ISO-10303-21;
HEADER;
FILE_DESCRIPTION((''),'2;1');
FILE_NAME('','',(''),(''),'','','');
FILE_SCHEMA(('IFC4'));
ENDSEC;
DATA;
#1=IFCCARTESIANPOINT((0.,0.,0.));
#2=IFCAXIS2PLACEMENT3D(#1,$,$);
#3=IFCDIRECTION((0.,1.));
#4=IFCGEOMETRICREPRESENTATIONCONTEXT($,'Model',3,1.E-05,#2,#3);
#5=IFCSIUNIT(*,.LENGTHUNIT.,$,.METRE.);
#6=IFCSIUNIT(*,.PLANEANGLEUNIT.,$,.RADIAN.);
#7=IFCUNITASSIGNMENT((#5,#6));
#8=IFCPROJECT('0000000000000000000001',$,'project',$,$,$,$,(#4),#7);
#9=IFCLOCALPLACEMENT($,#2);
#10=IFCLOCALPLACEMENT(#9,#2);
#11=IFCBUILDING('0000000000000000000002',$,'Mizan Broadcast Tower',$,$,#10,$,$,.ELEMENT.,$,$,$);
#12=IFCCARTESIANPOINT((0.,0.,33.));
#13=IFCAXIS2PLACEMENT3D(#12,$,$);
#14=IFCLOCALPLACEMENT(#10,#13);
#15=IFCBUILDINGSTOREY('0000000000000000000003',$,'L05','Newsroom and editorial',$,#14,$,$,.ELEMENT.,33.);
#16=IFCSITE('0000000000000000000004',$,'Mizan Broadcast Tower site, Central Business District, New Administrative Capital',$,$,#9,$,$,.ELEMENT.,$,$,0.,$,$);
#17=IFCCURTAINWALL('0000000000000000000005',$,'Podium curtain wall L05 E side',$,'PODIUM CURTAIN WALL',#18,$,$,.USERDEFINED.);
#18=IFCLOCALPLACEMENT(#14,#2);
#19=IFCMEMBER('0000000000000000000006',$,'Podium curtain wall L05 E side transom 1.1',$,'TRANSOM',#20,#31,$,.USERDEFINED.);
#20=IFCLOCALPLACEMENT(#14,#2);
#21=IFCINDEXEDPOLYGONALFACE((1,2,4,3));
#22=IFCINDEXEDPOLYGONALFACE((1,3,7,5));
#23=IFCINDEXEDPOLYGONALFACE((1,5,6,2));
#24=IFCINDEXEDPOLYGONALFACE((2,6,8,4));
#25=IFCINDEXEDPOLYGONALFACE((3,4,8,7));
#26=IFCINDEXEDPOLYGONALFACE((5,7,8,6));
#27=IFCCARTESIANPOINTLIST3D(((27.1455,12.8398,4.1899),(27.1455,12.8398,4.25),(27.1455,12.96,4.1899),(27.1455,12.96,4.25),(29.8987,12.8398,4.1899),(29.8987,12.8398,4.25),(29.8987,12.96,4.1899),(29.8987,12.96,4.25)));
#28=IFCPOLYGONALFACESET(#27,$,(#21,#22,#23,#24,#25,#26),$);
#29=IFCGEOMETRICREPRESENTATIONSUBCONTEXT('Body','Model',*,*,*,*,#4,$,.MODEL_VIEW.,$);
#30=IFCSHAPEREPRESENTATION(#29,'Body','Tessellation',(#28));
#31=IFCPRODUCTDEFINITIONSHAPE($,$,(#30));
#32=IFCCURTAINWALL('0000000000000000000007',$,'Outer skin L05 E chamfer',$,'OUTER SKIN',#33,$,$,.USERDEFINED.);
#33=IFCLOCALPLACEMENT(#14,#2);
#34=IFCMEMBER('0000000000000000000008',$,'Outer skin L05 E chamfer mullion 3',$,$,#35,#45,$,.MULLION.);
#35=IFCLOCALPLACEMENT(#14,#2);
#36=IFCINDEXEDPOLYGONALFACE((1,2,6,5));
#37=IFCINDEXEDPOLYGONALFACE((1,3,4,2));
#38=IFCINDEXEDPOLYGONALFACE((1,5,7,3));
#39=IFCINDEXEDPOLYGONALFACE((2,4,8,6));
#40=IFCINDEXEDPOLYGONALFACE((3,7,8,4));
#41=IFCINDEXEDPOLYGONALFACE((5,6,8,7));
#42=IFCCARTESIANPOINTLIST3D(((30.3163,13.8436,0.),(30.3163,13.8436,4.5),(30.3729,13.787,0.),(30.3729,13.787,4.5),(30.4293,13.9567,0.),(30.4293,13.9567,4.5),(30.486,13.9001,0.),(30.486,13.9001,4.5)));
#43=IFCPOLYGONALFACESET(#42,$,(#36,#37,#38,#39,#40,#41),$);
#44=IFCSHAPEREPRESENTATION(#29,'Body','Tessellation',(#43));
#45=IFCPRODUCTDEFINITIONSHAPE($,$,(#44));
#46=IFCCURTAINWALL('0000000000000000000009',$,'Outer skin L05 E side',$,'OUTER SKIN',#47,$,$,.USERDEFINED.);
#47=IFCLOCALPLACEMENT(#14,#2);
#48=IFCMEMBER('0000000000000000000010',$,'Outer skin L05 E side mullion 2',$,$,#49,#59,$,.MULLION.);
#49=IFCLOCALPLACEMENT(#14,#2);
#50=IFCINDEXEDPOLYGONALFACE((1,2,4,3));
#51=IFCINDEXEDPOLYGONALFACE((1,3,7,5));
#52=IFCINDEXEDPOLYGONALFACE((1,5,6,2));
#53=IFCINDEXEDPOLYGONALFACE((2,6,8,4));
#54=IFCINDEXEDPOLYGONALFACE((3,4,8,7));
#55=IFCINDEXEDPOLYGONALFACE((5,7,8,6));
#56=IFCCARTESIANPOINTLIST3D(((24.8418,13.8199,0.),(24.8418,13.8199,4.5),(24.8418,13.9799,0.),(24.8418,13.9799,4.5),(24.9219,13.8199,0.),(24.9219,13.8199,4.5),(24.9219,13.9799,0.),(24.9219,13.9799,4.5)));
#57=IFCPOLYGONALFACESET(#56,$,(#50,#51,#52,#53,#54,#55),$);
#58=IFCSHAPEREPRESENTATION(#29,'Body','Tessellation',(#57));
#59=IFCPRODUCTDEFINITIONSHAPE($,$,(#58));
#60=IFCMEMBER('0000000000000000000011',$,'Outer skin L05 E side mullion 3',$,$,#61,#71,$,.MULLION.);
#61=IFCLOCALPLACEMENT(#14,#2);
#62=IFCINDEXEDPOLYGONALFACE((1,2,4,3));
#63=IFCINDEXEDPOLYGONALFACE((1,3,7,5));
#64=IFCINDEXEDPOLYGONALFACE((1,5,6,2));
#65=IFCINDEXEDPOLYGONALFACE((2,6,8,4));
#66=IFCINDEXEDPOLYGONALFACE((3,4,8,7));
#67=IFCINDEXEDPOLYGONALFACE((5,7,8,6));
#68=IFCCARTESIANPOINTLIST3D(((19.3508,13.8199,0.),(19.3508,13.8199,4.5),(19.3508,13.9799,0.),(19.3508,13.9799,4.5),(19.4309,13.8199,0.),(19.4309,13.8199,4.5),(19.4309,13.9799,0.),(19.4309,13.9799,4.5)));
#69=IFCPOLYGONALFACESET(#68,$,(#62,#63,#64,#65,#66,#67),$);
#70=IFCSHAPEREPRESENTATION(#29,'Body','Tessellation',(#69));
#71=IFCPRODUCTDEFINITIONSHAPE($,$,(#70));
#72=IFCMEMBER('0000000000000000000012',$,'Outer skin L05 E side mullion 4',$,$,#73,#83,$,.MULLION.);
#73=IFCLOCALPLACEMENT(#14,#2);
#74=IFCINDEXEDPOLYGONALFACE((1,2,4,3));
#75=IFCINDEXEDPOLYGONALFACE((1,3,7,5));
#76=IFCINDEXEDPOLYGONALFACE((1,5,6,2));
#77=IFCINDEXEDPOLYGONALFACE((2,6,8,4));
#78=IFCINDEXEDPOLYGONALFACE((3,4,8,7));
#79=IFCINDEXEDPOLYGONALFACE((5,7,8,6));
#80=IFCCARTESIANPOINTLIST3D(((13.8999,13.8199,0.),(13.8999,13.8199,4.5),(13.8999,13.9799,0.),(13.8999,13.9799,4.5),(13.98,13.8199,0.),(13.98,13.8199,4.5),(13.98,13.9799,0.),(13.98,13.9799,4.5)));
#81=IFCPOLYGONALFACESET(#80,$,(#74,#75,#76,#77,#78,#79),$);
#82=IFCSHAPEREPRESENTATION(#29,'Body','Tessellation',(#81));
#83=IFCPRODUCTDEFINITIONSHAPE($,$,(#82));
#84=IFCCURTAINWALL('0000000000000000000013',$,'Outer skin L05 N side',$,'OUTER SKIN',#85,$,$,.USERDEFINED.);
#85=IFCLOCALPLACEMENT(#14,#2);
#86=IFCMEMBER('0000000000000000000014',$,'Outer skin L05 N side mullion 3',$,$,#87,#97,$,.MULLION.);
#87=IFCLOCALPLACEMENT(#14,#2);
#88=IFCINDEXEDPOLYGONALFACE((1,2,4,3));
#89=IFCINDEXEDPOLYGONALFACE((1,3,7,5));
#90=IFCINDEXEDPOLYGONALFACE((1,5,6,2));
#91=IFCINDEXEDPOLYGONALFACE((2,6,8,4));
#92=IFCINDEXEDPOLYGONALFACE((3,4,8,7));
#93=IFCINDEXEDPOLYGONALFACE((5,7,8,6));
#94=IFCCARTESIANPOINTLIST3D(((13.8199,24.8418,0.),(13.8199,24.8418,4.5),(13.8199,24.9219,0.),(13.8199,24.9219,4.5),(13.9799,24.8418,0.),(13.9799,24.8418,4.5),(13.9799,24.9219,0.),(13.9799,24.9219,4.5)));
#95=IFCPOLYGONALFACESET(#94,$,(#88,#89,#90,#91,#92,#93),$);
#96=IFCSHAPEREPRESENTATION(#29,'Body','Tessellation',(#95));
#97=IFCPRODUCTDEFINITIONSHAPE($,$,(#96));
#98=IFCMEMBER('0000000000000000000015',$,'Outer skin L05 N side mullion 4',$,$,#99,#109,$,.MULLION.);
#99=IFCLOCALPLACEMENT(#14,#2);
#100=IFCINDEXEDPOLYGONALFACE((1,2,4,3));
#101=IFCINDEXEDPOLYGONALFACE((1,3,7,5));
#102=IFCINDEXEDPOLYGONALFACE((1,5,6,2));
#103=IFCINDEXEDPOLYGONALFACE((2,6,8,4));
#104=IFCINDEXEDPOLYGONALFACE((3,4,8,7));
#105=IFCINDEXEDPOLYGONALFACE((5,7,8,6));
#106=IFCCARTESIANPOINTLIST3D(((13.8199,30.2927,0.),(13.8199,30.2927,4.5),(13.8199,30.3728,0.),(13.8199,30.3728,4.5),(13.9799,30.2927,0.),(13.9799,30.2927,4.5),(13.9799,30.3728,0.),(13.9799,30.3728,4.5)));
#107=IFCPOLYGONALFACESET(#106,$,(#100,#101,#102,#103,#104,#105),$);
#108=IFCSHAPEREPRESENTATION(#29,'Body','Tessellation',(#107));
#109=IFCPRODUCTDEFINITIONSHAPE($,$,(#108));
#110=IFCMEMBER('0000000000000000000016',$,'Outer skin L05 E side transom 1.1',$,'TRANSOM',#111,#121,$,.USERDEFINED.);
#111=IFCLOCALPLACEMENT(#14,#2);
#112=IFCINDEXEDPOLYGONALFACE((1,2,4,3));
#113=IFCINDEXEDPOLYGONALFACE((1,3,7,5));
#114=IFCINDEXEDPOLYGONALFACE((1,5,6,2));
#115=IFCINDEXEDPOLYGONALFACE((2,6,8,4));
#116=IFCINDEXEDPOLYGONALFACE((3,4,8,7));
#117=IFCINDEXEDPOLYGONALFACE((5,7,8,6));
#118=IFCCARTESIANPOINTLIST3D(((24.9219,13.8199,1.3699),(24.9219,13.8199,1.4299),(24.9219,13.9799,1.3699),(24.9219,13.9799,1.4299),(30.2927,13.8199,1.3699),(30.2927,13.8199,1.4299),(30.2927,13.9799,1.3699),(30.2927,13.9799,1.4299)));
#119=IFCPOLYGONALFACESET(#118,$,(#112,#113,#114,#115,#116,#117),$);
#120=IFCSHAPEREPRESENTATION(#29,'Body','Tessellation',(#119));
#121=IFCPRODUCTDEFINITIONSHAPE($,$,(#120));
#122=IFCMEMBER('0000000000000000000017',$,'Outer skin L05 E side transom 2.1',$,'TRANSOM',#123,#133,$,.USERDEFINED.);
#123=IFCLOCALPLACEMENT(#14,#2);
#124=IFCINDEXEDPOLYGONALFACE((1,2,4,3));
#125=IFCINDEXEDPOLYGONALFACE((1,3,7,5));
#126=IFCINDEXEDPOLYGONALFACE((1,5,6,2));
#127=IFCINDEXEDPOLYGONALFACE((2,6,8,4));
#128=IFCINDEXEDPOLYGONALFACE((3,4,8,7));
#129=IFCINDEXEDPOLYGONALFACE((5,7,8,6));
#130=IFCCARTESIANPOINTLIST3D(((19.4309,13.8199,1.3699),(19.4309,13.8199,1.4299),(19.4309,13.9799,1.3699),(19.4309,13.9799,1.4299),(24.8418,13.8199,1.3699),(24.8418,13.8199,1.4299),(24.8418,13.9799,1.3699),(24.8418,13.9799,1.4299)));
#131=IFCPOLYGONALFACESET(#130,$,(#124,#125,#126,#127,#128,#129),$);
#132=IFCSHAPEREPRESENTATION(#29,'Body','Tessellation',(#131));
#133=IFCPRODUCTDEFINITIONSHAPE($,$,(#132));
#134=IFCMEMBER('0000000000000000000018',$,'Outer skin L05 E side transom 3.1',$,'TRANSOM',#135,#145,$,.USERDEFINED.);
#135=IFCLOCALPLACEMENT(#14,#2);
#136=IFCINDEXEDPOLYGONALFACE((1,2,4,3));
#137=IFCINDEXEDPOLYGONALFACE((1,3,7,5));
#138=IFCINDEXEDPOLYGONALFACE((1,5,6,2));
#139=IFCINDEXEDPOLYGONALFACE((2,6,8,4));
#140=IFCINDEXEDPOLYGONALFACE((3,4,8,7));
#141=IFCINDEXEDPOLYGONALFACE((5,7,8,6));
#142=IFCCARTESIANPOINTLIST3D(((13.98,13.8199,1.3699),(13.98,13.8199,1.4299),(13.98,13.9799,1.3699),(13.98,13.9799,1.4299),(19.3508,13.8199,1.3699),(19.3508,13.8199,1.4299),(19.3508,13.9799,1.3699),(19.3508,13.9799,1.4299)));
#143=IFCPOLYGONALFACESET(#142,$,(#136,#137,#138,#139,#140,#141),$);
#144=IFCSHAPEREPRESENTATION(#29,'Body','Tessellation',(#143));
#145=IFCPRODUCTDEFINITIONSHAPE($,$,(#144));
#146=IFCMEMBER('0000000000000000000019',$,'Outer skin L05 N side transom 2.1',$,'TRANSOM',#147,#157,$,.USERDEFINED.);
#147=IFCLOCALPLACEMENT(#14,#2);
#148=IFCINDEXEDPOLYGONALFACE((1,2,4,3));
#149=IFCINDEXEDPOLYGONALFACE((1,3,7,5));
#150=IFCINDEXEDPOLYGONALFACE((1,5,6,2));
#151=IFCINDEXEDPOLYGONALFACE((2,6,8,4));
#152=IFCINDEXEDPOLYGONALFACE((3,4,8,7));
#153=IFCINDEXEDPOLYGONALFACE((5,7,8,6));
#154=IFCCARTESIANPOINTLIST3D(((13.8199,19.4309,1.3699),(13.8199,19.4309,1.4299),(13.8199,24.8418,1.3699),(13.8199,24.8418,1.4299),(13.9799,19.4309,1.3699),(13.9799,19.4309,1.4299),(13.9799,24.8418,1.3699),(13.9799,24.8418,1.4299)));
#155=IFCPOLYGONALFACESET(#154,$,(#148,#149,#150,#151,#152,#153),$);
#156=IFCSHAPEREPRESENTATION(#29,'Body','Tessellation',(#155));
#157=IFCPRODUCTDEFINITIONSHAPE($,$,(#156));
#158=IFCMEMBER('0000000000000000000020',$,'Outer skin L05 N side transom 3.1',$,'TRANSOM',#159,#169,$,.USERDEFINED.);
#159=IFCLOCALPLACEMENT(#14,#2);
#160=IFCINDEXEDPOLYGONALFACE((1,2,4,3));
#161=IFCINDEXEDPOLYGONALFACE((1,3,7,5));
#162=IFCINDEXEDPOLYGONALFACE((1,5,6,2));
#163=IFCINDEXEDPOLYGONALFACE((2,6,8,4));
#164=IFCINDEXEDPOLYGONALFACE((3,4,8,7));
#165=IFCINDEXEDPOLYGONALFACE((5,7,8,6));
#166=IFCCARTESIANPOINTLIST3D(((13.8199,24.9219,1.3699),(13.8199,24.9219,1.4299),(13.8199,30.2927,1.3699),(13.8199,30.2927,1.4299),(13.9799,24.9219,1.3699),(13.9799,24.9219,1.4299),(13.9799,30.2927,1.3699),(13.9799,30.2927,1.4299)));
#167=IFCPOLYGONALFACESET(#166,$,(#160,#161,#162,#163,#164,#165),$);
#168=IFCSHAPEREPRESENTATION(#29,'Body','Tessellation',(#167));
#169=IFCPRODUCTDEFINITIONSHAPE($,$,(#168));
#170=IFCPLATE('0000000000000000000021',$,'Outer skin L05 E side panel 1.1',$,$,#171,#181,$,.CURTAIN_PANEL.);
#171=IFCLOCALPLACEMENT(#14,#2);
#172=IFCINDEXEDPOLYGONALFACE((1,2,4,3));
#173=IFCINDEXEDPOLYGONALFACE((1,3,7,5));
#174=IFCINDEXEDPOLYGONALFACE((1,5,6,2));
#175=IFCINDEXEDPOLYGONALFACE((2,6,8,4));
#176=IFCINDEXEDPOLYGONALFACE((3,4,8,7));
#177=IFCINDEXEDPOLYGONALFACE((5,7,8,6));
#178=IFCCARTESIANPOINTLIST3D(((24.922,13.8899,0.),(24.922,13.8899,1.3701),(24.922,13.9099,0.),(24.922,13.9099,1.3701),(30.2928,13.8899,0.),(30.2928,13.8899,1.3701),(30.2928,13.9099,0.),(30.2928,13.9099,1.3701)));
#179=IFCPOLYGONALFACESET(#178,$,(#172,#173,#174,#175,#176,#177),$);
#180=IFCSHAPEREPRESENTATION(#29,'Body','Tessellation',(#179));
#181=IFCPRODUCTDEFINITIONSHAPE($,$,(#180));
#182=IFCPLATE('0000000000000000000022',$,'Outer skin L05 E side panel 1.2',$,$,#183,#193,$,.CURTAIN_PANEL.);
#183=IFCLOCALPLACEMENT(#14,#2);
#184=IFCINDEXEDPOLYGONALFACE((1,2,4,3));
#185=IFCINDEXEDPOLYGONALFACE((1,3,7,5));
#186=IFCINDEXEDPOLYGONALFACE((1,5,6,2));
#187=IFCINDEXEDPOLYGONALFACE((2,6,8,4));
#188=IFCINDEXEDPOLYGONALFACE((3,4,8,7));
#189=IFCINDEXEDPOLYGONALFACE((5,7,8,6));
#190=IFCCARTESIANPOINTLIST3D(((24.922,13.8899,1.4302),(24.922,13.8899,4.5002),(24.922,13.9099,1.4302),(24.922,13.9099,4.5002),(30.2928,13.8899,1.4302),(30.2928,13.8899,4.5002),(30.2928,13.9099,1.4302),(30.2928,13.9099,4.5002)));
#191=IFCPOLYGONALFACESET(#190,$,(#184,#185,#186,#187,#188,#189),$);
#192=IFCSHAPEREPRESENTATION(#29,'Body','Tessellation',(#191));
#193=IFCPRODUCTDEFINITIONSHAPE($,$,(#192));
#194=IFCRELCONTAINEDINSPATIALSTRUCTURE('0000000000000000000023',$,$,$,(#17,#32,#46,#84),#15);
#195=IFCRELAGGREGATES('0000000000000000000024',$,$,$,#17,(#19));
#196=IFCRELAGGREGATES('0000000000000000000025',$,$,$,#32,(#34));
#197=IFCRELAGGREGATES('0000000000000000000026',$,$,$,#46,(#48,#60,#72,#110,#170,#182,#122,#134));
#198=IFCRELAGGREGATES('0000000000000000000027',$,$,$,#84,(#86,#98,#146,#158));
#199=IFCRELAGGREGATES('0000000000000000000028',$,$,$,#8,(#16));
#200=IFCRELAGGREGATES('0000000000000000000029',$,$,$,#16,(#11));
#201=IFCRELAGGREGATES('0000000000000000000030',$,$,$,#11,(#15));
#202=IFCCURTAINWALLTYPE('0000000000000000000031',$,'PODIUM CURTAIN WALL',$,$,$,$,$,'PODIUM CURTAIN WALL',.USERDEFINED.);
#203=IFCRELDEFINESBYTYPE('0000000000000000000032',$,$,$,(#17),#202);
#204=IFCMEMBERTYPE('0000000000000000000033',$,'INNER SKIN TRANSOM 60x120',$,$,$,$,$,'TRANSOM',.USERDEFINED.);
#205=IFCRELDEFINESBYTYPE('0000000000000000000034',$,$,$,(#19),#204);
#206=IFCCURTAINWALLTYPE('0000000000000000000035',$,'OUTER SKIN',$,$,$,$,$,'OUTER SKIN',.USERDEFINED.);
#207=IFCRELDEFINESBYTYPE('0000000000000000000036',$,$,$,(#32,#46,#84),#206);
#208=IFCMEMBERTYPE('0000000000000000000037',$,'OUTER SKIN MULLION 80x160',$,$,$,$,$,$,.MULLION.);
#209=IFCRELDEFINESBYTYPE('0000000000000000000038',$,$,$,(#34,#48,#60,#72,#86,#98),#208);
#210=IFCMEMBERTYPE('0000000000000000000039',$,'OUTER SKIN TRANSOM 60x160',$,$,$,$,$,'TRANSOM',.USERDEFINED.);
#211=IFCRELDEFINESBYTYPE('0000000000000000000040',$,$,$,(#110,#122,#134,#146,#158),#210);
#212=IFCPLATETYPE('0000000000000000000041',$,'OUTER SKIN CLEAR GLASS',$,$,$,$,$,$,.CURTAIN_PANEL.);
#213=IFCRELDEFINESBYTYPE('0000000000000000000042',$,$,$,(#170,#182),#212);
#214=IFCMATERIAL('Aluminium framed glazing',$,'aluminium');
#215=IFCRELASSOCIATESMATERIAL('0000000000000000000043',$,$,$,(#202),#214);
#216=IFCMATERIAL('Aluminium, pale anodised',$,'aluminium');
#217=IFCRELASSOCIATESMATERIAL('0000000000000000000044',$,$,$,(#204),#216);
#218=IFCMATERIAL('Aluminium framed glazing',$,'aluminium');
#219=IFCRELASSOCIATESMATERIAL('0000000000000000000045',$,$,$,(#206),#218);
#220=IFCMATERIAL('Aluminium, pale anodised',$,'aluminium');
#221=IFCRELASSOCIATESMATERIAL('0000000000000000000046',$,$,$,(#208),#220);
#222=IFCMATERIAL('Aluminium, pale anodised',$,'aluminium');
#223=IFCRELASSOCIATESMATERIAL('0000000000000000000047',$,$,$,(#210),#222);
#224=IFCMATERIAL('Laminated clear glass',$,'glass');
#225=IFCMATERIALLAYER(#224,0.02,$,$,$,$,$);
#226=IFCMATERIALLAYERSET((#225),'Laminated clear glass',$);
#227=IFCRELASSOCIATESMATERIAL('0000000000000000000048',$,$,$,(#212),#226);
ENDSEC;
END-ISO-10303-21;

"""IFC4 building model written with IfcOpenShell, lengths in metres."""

from ifc_helpers import new_model, si_unit, direction, frame, origin, origin_2d, place, context, subcontext, project, spatial, rectangle, extrude, material, layer, layer_set, material_profile, profile_set, type_object, element, aggregate, save


model = new_model("IFC4")

# Units and contexts
model_context = context("Model", 3, precision=1e-05, world=origin(), true_north=direction((0.0, 1.0)))
body_context = subcontext(model_context, "Body", "Model", "MODEL_VIEW")
ifc_project = project(units=[si_unit("LENGTHUNIT", "METRE"), si_unit("PLANEANGLEUNIT", "RADIAN")], contexts=[model_context])

# Site, building, storey
site_placement = place(None, origin())
site = spatial("IfcSite", under=ifc_project, at=site_placement, Name="Mizan Broadcast Tower site, Central Business District, New Administrative Capital", CompositionType="ELEMENT", RefElevation=0.0)
building_placement = place(site_placement, origin())
building = spatial("IfcBuilding", under=site, at=building_placement, Name="Mizan Broadcast Tower", CompositionType="ELEMENT")
storey_placement = place(building_placement, frame((0.0, 0.0, 33.0)))
storey = spatial("IfcBuildingStorey", under=building, at=storey_placement, Name="L05", Description="Newsroom and editorial", CompositionType="ELEMENT", Elevation=33.0)

# Curtain walls, members
ifc_material_1 = material(Name="Aluminium framed glazing", Category="aluminium")
curtain_wall_type_1 = type_object("IfcCurtainWallType", Name="PODIUM CURTAIN WALL", ElementType="PODIUM CURTAIN WALL", PredefinedType="USERDEFINED", material=ifc_material_1)
curtain_wall_1_placement = place(storey_placement, origin())
curtain_wall_1 = element("IfcCurtainWall", 1, at=curtain_wall_1_placement, inside=storey, type_object=curtain_wall_type_1, Name="Podium curtain wall L05 E side", ObjectType="PODIUM CURTAIN WALL", PredefinedType="USERDEFINED")
ifc_material_2 = material(Name="Aluminium, pale anodised", Category="aluminium")
ifc_material_profile_1 = material_profile(ifc_material_2, rectangle(XDim=0.1201, YDim=0.0601, at=origin_2d()), Name="TRANSOM 120x60")
ifc_profile_set_1 = profile_set([ifc_material_profile_1], Name="Aluminium, pale anodised")
member_type_1 = type_object("IfcMemberType", Name="INNER SKIN TRANSOM 60x120", ElementType="TRANSOM", PredefinedType="USERDEFINED", material=ifc_profile_set_1)
member_1_placement = place(storey_placement, frame((29.8987, 12.8999, 4.22), z_axis=(-1.0, 0.0, 0.0), x_axis=(0.0, -1.0, 0.0)))
member_1 = element("IfcMember", 2, at=member_1_placement, type_object=member_type_1, Name="Podium curtain wall L05 E side transom 1.1", ObjectType="TRANSOM", PredefinedType="USERDEFINED", context=body_context, shape_type="SweptSolid", body=[
    extrude(rectangle(XDim=0.1201, YDim=0.0601, at=origin_2d()), origin(), (0.0, 0.0, 1.0), 2.7532),
])
aggregate(curtain_wall_1, [member_1])
ifc_material_3 = material(Name="Aluminium framed glazing", Category="aluminium")
curtain_wall_type_2 = type_object("IfcCurtainWallType", Name="OUTER SKIN", ElementType="OUTER SKIN", PredefinedType="USERDEFINED", material=ifc_material_3)
curtain_wall_2_placement = place(storey_placement, origin())
curtain_wall_2 = element("IfcCurtainWall", 3, at=curtain_wall_2_placement, inside=storey, type_object=curtain_wall_type_2, Name="Outer skin L05 E chamfer", ObjectType="OUTER SKIN", PredefinedType="USERDEFINED")
ifc_material_4 = material(Name="Aluminium, pale anodised", Category="aluminium")
ifc_material_profile_2 = material_profile(ifc_material_4, rectangle(XDim=0.1599, YDim=0.0801, at=origin_2d()), Name="MULLION 160x80")
ifc_profile_set_2 = profile_set([ifc_material_profile_2], Name="Aluminium, pale anodised")
member_type_2 = type_object("IfcMemberType", Name="OUTER SKIN MULLION 80x160", PredefinedType="MULLION", material=ifc_profile_set_2)
member_2_placement = place(storey_placement, frame((30.4011, 13.8718, 0.0), z_axis=(0.0, 0.0, 1.0), x_axis=(-0.707107, -0.707107, 0.0)))
member_2 = element("IfcMember", 4, at=member_2_placement, type_object=member_type_2, Name="Outer skin L05 E chamfer mullion 3", PredefinedType="MULLION", context=body_context, shape_type="SweptSolid", body=[
    extrude(rectangle(XDim=0.1599, YDim=0.0801, at=origin_2d()), origin(), (0.0, 0.0, 1.0), 4.5),
])
aggregate(curtain_wall_2, [member_2])

# Curtain walls, members
curtain_wall_3_placement = place(storey_placement, origin())
curtain_wall_3 = element("IfcCurtainWall", 5, at=curtain_wall_3_placement, inside=storey, type_object=curtain_wall_type_2, Name="Outer skin L05 E side", ObjectType="OUTER SKIN", PredefinedType="USERDEFINED")
member_3_placement = place(storey_placement, frame((24.8818, 13.8999, 0.0), z_axis=(0.0, 0.0, 1.0), x_axis=(0.0, -1.0, 0.0)))
member_3 = element("IfcMember", 6, at=member_3_placement, type_object=member_type_2, Name="Outer skin L05 E side mullion 2", PredefinedType="MULLION", context=body_context, shape_type="SweptSolid", body=[
    extrude(rectangle(XDim=0.1599, YDim=0.0801, at=origin_2d()), origin(), (0.0, 0.0, 1.0), 4.5),
])
member_4_placement = place(storey_placement, frame((19.3909, 13.8999, 0.0), z_axis=(0.0, 0.0, 1.0), x_axis=(0.0, -1.0, 0.0)))
member_4 = element("IfcMember", 7, at=member_4_placement, type_object=member_type_2, Name="Outer skin L05 E side mullion 3", PredefinedType="MULLION", context=body_context, shape_type="SweptSolid", body=[
    extrude(rectangle(XDim=0.1599, YDim=0.0801, at=origin_2d()), origin(), (0.0, 0.0, 1.0), 4.5),
])
member_5_placement = place(storey_placement, frame((13.9399, 13.8999, 0.0), z_axis=(0.0, 0.0, 1.0), x_axis=(0.0, -1.0, 0.0)))
member_5 = element("IfcMember", 8, at=member_5_placement, type_object=member_type_2, Name="Outer skin L05 E side mullion 4", PredefinedType="MULLION", context=body_context, shape_type="SweptSolid", body=[
    extrude(rectangle(XDim=0.1599, YDim=0.0801, at=origin_2d()), origin(), (0.0, 0.0, 1.0), 4.5),
])
curtain_wall_4_placement = place(storey_placement, origin())
curtain_wall_4 = element("IfcCurtainWall", 9, at=curtain_wall_4_placement, inside=storey, type_object=curtain_wall_type_2, Name="Outer skin L05 N side", ObjectType="OUTER SKIN", PredefinedType="USERDEFINED")
member_6_placement = place(storey_placement, frame((13.8999, 24.8818, 0.0), z_axis=(0.0, 0.0, 1.0), x_axis=(-1.0, 0.0, 0.0)))
member_6 = element("IfcMember", 10, at=member_6_placement, type_object=member_type_2, Name="Outer skin L05 N side mullion 3", PredefinedType="MULLION", context=body_context, shape_type="SweptSolid", body=[
    extrude(rectangle(XDim=0.1599, YDim=0.0801, at=origin_2d()), origin(), (0.0, 0.0, 1.0), 4.5),
])
member_7_placement = place(storey_placement, frame((13.8999, 30.3328, 0.0), z_axis=(0.0, 0.0, 1.0), x_axis=(-1.0, 0.0, 0.0)))
member_7 = element("IfcMember", 11, at=member_7_placement, type_object=member_type_2, Name="Outer skin L05 N side mullion 4", PredefinedType="MULLION", context=body_context, shape_type="SweptSolid", body=[
    extrude(rectangle(XDim=0.1599, YDim=0.0801, at=origin_2d()), origin(), (0.0, 0.0, 1.0), 4.5),
])

# Members
ifc_material_5 = material(Name="Aluminium, pale anodised", Category="aluminium")
ifc_material_profile_3 = material_profile(ifc_material_5, rectangle(XDim=0.1599, YDim=0.0601, at=origin_2d()), Name="TRANSOM 160x60")
ifc_profile_set_3 = profile_set([ifc_material_profile_3], Name="Aluminium, pale anodised")
member_type_3 = type_object("IfcMemberType", Name="OUTER SKIN TRANSOM 60x160", ElementType="TRANSOM", PredefinedType="USERDEFINED", material=ifc_profile_set_3)
member_8_placement = place(storey_placement, frame((30.2927, 13.8999, 1.3999), z_axis=(-1.0, 0.0, 0.0), x_axis=(0.0, -1.0, 0.0)))
member_8 = element("IfcMember", 12, at=member_8_placement, type_object=member_type_3, Name="Outer skin L05 E side transom 1.1", ObjectType="TRANSOM", PredefinedType="USERDEFINED", context=body_context, shape_type="SweptSolid", body=[
    extrude(rectangle(XDim=0.1599, YDim=0.0601, at=origin_2d()), origin(), (0.0, 0.0, 1.0), 5.3708),
])
member_9_placement = place(storey_placement, frame((24.8418, 13.8999, 1.3999), z_axis=(-1.0, 0.0, 0.0), x_axis=(0.0, -1.0, 0.0)))
member_9 = element("IfcMember", 13, at=member_9_placement, type_object=member_type_3, Name="Outer skin L05 E side transom 2.1", ObjectType="TRANSOM", PredefinedType="USERDEFINED", context=body_context, shape_type="SweptSolid", body=[
    extrude(rectangle(XDim=0.1599, YDim=0.0601, at=origin_2d()), origin(), (0.0, 0.0, 1.0), 5.4109),
])
member_10_placement = place(storey_placement, frame((19.3508, 13.8999, 1.3999), z_axis=(-1.0, 0.0, 0.0), x_axis=(0.0, -1.0, 0.0)))
member_10 = element("IfcMember", 14, at=member_10_placement, type_object=member_type_3, Name="Outer skin L05 E side transom 3.1", ObjectType="TRANSOM", PredefinedType="USERDEFINED", context=body_context, shape_type="SweptSolid", body=[
    extrude(rectangle(XDim=0.1599, YDim=0.0601, at=origin_2d()), origin(), (0.0, 0.0, 1.0), 5.3708),
])
member_11_placement = place(storey_placement, frame((13.8999, 19.4309, 1.3999), z_axis=(0.0, 1.0, 0.0), x_axis=(-1.0, 0.0, 0.0)))
member_11 = element("IfcMember", 15, at=member_11_placement, type_object=member_type_3, Name="Outer skin L05 N side transom 2.1", ObjectType="TRANSOM", PredefinedType="USERDEFINED", context=body_context, shape_type="SweptSolid", body=[
    extrude(rectangle(XDim=0.1599, YDim=0.0601, at=origin_2d()), origin(), (0.0, 0.0, 1.0), 5.4109),
])
member_12_placement = place(storey_placement, frame((13.8999, 24.9219, 1.3999), z_axis=(0.0, 1.0, 0.0), x_axis=(-1.0, 0.0, 0.0)))
member_12 = element("IfcMember", 16, at=member_12_placement, type_object=member_type_3, Name="Outer skin L05 N side transom 3.1", ObjectType="TRANSOM", PredefinedType="USERDEFINED", context=body_context, shape_type="SweptSolid", body=[
    extrude(rectangle(XDim=0.1599, YDim=0.0601, at=origin_2d()), origin(), (0.0, 0.0, 1.0), 5.3708),
])

# Plates
ifc_material_6 = material(Name="Laminated clear glass", Category="glass")
ifc_layer_1 = layer(ifc_material_6, 0.02)
ifc_layer_set_1 = layer_set([ifc_layer_1], Name="Laminated clear glass")
plate_type_1 = type_object("IfcPlateType", Name="OUTER SKIN CLEAR GLASS", PredefinedType="CURTAIN_PANEL", material=ifc_layer_set_1)
plate_1_placement = place(storey_placement, frame((27.6074, 13.8999, 0.0), z_axis=(0.0, 0.0, 1.0), x_axis=(-1.0, 0.0, 0.0)))
plate_1 = element("IfcPlate", 17, at=plate_1_placement, type_object=plate_type_1, Name="Outer skin L05 E side panel 1.1", PredefinedType="CURTAIN_PANEL", context=body_context, shape_type="SweptSolid", body=[
    extrude(rectangle(XDim=5.3708, YDim=0.02, at=origin_2d()), origin(), (0.0, 0.0, 1.0), 1.3701),
])
plate_2_placement = place(storey_placement, frame((27.6074, 13.8999, 1.4302), z_axis=(0.0, 0.0, 1.0), x_axis=(-1.0, 0.0, 0.0)))
plate_2 = element("IfcPlate", 18, at=plate_2_placement, type_object=plate_type_1, Name="Outer skin L05 E side panel 1.2", PredefinedType="CURTAIN_PANEL", context=body_context, shape_type="SweptSolid", body=[
    extrude(rectangle(XDim=5.3708, YDim=0.02, at=origin_2d()), origin(), (0.0, 0.0, 1.0), 3.0701),
])
aggregate(curtain_wall_3, [member_3, member_4, member_5, member_8, plate_1, plate_2, member_9, member_10])
aggregate(curtain_wall_4, [member_6, member_7, member_11, member_12])

save(model, "model.ifc")
